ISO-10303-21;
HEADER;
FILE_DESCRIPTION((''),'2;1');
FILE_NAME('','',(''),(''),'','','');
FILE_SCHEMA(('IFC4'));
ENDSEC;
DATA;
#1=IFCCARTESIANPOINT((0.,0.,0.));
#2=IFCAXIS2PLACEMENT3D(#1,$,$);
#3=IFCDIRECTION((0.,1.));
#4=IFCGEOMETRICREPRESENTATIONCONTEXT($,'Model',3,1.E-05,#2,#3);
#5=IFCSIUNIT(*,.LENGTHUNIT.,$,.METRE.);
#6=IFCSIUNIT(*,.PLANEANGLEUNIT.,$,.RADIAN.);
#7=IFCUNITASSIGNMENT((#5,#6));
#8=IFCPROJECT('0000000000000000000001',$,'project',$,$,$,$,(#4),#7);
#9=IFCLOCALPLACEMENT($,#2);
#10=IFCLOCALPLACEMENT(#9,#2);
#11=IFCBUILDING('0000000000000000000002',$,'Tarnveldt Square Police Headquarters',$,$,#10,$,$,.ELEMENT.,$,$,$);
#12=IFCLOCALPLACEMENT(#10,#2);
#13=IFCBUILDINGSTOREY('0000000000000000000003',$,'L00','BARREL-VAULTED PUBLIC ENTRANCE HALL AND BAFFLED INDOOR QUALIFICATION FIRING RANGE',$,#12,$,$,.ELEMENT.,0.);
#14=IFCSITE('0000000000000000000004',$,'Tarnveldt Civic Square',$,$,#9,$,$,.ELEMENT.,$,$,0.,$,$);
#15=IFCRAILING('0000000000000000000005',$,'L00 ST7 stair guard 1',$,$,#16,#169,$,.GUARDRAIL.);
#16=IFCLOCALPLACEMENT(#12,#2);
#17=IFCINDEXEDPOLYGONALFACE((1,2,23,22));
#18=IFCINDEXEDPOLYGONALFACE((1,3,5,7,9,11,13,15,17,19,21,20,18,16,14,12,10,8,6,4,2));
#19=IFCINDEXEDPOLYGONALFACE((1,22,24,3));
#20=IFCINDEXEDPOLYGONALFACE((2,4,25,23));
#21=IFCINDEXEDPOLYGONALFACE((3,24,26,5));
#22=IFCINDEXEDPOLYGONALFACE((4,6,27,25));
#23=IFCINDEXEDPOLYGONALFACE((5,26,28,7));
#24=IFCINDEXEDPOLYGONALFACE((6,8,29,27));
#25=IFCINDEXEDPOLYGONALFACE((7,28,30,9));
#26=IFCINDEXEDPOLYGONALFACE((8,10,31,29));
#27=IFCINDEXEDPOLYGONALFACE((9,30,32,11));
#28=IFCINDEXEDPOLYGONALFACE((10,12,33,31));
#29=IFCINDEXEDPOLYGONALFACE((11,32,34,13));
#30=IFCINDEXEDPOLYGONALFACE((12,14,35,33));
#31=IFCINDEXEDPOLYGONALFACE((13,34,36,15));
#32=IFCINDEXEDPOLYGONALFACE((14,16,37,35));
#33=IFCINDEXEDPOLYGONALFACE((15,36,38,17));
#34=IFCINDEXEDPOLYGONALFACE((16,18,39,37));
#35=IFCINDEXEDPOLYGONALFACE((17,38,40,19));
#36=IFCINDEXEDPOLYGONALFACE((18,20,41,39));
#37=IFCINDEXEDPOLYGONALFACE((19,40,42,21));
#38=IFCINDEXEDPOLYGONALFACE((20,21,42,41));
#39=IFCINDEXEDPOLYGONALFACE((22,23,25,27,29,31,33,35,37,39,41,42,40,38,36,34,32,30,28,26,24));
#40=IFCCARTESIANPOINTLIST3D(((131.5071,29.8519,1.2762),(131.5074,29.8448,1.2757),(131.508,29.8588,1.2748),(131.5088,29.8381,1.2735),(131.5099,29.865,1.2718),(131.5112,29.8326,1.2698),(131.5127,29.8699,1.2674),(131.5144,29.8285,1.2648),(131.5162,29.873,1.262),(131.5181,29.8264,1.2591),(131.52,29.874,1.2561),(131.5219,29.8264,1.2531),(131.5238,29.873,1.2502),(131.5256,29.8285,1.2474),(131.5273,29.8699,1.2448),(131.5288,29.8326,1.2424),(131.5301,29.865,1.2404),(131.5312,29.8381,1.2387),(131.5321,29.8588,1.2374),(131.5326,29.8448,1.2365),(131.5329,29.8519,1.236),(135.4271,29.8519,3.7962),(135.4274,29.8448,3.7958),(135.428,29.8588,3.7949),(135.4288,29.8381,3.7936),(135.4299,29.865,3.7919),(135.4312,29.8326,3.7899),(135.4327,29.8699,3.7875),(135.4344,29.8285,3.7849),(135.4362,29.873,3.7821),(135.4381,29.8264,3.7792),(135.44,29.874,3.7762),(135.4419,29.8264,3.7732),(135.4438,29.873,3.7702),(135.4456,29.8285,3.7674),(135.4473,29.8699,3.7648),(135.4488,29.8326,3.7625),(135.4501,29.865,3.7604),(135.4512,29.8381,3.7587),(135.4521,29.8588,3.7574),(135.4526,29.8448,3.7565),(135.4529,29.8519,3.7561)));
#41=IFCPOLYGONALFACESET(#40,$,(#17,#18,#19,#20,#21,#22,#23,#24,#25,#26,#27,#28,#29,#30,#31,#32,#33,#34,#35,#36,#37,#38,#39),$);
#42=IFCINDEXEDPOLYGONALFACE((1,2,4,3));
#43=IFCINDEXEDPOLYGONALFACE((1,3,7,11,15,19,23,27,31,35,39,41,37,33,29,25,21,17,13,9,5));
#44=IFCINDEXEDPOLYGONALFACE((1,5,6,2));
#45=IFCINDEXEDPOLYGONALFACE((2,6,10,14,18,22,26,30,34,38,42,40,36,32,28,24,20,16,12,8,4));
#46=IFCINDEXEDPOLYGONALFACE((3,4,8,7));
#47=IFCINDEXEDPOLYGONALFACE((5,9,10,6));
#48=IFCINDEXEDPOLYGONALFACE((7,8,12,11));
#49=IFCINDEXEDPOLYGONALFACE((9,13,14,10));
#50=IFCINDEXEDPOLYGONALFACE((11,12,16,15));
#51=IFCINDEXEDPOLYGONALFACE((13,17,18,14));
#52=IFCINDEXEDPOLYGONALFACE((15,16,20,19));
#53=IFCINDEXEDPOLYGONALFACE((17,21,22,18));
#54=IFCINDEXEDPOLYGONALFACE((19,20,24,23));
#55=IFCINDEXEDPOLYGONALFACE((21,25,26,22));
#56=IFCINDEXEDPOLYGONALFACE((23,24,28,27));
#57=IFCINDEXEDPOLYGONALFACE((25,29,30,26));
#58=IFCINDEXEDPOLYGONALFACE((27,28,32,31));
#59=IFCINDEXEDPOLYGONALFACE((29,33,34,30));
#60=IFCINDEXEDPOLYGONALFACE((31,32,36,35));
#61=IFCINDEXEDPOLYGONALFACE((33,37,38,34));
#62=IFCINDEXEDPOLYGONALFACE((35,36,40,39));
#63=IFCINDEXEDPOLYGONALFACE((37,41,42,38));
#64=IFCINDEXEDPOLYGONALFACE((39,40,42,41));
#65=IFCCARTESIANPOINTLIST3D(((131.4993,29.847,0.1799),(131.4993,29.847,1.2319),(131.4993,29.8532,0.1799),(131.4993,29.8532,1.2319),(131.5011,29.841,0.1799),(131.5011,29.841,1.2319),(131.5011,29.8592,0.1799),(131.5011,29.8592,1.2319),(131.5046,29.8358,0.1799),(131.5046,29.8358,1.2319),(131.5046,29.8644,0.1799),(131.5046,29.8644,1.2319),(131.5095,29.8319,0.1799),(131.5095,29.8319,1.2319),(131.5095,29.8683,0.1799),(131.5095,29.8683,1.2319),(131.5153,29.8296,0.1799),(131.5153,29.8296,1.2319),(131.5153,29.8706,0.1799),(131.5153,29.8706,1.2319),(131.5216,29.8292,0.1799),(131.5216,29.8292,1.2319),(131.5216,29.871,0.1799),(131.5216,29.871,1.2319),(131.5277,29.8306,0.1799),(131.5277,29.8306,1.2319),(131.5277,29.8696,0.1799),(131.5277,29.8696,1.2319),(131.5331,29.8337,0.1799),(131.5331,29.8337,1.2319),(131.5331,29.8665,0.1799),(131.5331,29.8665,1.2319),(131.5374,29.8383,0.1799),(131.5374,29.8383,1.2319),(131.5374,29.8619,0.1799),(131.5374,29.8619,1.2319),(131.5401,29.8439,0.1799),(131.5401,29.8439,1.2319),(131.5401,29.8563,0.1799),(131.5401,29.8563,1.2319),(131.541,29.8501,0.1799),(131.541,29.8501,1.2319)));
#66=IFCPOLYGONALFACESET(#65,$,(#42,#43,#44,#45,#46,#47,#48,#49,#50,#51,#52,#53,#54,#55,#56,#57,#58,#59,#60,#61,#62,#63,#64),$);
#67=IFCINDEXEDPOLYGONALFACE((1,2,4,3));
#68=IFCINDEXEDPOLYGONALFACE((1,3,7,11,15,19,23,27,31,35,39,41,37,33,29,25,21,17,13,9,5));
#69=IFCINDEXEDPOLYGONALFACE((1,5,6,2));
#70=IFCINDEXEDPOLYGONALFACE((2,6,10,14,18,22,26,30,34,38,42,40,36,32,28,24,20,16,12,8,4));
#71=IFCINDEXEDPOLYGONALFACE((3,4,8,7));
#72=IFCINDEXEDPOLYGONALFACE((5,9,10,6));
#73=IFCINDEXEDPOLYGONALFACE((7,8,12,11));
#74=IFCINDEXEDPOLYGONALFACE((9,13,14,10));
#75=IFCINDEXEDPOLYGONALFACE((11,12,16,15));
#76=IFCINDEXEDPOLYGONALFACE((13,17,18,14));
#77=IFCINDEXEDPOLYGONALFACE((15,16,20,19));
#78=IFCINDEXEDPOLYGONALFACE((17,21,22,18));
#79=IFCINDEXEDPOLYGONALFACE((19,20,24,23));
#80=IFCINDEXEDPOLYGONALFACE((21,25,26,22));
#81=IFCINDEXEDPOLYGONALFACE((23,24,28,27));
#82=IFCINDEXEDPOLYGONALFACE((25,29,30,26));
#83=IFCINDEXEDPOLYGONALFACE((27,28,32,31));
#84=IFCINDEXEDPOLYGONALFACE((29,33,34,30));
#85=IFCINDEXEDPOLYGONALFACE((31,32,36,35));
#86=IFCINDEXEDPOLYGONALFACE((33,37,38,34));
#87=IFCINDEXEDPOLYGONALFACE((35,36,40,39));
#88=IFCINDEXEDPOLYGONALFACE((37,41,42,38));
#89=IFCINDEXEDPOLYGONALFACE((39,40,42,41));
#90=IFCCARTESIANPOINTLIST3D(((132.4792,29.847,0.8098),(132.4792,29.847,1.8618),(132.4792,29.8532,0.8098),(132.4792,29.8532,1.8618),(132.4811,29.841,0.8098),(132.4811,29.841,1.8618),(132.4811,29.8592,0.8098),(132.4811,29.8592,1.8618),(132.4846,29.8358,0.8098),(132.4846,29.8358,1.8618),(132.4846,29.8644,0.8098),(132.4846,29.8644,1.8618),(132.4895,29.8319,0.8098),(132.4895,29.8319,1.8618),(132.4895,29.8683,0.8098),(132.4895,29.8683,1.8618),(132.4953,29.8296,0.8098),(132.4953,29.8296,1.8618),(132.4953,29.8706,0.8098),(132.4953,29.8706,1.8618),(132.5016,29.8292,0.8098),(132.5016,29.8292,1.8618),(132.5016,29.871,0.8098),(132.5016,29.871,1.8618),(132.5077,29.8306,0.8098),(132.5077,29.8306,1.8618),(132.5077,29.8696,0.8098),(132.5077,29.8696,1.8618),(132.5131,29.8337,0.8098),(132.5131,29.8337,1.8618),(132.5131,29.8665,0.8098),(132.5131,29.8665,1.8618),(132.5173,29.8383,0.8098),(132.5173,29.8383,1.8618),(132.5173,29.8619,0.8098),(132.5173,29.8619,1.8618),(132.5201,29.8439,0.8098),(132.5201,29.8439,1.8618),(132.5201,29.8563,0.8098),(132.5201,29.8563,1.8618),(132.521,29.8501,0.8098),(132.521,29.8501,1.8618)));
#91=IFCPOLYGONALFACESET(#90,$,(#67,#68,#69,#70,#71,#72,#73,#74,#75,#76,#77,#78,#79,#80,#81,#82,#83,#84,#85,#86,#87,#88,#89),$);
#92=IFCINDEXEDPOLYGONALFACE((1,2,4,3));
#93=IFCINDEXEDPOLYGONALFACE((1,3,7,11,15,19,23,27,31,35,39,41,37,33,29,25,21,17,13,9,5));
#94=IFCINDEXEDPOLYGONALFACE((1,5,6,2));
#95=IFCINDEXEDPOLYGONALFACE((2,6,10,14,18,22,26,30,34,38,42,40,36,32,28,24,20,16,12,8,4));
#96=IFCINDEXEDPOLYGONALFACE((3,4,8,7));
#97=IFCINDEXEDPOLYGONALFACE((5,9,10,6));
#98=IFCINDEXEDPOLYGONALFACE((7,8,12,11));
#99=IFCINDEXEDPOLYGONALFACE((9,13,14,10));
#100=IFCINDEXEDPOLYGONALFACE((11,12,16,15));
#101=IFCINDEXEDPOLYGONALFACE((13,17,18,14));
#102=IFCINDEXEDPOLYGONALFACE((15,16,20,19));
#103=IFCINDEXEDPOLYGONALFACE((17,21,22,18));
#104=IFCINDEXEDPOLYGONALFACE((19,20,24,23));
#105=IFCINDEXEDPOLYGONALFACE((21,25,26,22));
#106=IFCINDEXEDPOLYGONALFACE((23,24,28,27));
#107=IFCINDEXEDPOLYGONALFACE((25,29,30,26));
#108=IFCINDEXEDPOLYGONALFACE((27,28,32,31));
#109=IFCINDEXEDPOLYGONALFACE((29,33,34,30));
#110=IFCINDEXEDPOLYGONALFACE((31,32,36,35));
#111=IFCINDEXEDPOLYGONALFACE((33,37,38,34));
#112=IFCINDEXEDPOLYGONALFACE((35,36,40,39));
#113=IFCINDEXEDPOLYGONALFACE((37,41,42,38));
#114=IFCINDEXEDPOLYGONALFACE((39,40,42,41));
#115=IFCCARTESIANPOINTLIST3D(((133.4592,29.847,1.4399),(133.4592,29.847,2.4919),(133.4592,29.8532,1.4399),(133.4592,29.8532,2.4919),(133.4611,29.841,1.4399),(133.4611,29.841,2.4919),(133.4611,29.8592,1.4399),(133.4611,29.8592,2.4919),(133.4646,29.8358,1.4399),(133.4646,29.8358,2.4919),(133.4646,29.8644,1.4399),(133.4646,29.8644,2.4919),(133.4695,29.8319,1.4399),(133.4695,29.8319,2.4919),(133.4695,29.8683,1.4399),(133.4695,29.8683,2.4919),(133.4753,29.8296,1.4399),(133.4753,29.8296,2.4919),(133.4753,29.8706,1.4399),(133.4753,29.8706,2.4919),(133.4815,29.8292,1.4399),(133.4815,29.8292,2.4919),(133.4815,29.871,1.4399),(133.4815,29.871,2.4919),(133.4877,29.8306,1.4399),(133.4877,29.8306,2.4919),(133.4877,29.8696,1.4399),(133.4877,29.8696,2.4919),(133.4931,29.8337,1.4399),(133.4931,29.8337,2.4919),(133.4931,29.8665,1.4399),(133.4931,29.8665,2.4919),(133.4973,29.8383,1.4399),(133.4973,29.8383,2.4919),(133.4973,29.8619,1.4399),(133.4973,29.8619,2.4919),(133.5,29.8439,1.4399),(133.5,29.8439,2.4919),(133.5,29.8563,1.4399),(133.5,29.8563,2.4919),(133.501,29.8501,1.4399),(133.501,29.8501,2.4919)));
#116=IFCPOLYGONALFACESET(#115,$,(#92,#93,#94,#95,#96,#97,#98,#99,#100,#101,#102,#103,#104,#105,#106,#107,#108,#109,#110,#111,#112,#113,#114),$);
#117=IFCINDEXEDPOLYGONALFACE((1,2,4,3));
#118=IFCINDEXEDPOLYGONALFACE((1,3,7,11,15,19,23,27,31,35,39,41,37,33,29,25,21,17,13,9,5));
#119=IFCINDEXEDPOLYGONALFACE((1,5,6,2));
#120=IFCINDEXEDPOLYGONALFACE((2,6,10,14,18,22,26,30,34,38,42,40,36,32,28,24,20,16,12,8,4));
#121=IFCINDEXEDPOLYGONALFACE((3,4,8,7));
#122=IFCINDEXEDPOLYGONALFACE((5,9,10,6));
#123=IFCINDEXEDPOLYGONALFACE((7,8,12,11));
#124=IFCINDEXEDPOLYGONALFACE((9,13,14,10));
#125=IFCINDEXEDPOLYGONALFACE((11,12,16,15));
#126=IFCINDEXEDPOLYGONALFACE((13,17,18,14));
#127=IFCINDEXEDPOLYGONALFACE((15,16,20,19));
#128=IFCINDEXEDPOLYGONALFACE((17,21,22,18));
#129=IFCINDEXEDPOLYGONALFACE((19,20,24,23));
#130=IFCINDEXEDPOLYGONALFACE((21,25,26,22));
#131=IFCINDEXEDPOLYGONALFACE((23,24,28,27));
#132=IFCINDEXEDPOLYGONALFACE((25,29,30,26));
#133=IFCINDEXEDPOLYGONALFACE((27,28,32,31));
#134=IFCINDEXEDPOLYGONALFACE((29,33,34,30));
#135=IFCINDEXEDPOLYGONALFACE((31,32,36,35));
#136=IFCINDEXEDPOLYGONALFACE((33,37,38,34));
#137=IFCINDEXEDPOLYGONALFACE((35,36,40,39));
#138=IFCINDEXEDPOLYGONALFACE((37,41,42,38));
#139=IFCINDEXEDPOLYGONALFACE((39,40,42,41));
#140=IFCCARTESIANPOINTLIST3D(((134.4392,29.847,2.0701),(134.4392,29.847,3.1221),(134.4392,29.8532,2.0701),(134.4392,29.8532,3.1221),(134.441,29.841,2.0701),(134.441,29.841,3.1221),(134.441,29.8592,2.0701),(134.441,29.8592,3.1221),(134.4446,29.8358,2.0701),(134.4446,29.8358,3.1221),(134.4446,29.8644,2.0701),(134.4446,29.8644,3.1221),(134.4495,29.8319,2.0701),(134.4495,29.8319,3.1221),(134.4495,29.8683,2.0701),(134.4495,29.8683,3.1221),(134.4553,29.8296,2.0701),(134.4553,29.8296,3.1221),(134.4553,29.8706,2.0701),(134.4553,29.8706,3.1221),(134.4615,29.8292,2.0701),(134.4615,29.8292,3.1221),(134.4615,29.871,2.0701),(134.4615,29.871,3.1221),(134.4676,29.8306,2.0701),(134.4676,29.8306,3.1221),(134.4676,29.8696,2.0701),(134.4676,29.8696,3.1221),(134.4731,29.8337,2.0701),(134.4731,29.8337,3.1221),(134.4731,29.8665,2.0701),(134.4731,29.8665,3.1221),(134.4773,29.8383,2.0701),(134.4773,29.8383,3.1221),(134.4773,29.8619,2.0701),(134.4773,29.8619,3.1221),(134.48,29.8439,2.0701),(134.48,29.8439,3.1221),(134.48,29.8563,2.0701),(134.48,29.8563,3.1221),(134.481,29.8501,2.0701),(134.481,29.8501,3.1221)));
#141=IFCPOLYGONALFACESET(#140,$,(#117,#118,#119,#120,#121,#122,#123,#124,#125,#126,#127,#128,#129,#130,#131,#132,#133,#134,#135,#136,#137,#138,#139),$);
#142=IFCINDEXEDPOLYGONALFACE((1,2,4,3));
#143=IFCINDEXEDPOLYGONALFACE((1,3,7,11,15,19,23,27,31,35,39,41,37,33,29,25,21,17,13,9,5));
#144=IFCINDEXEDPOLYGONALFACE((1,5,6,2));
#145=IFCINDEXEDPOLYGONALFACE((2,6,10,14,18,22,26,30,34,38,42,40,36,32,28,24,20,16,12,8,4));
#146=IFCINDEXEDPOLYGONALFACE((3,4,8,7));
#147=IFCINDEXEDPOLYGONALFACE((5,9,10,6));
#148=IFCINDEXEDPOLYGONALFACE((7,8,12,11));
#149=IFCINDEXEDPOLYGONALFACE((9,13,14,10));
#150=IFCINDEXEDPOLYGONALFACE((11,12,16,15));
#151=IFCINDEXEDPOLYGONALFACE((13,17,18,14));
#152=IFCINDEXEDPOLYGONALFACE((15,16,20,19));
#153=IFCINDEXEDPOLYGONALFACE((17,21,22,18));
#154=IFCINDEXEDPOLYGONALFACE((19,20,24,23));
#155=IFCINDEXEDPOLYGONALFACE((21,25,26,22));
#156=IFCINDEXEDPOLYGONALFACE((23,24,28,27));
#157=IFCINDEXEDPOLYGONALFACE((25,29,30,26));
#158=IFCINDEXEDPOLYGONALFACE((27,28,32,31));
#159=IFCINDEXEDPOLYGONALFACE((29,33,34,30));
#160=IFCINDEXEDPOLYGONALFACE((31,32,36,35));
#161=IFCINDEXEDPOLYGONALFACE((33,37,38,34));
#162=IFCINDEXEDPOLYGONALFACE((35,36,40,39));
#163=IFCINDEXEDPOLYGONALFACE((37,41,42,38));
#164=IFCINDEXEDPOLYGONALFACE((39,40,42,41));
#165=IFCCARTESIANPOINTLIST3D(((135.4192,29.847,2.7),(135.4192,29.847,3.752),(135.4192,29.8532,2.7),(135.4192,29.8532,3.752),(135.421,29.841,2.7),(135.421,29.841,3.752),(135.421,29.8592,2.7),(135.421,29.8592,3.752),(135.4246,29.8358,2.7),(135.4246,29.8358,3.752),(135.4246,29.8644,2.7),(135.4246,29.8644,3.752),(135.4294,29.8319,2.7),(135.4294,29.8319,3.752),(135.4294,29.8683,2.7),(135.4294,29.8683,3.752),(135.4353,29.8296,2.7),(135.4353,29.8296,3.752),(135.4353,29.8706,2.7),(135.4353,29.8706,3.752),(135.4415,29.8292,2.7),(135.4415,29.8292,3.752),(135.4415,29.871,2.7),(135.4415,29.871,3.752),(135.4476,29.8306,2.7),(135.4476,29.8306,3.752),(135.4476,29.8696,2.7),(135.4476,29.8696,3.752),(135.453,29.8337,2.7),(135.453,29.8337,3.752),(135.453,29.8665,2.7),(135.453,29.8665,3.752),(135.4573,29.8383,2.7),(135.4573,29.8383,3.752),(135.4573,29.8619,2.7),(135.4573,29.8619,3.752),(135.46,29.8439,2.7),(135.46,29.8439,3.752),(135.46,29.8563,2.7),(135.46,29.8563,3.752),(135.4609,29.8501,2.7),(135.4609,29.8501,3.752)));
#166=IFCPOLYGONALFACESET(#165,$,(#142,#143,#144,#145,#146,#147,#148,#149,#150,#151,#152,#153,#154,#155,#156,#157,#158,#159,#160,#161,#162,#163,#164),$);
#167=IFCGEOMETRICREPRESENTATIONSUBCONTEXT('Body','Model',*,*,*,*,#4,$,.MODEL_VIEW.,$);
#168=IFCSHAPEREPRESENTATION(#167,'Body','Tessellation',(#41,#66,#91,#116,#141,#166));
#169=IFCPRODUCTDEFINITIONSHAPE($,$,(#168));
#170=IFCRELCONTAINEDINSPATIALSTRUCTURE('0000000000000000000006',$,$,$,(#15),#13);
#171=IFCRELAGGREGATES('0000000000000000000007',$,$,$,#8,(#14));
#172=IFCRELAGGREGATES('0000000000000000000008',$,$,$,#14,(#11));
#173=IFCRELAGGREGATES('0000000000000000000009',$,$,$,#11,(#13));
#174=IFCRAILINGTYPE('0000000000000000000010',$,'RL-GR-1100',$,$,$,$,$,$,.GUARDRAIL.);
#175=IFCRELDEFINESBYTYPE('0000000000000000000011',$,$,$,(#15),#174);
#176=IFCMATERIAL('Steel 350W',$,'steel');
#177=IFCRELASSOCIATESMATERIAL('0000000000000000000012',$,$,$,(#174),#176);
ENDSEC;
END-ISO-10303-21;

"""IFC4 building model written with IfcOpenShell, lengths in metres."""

from ifc_helpers import new_model, si_unit, direction, frame, origin, origin_2d, place, context, subcontext, project, spatial, circle, extrude, material, type_object, element, save


model = new_model("IFC4")

# Units and contexts
model_context = context("Model", 3, precision=1e-05, world=origin(), true_north=direction((0.0, 1.0)))
body_context = subcontext(model_context, "Body", "Model", "MODEL_VIEW")
ifc_project = project(units=[si_unit("LENGTHUNIT", "METRE"), si_unit("PLANEANGLEUNIT", "RADIAN")], contexts=[model_context])

# Site, building, storey
site_placement = place(None, origin())
site = spatial("IfcSite", under=ifc_project, at=site_placement, Name="Tarnveldt Civic Square", CompositionType="ELEMENT", RefElevation=0.0)
building_placement = place(site_placement, origin())
building = spatial("IfcBuilding", under=site, at=building_placement, Name="Tarnveldt Square Police Headquarters", CompositionType="ELEMENT")
storey_placement = place(building_placement, origin())
storey = spatial("IfcBuildingStorey", under=building, at=storey_placement, Name="L00", Description="BARREL-VAULTED PUBLIC ENTRANCE HALL AND BAFFLED INDOOR QUALIFICATION FIRING RANGE", CompositionType="ELEMENT", Elevation=0.0)

# Shared definitions
ifc_material_1 = material(Name="Steel 350W", Category="steel")

# Railing
railing_type_1 = type_object("IfcRailingType", Name="RL-GR-1100", PredefinedType="GUARDRAIL", material=ifc_material_1)
railing_1_placement = place(storey_placement, frame((131.52, 29.8501, 0.1799)))
element("IfcRailing", 1, at=railing_1_placement, inside=storey, type_object=railing_type_1, Name="L00 ST7 stair guard 1", PredefinedType="GUARDRAIL", context=body_context, shape_type="SweptSolid", body=[
    extrude(circle(Radius=0.0239, at=origin_2d()), frame((0.0, 0.0, 1.0762), z_axis=(0.841172, 0.0, 0.540768), x_axis=(0.0, 1.0, 0.0)), (0.0, 0.0, 1.0), 4.6602),
    extrude(circle(Radius=0.021, at=origin_2d()), origin(), (0.0, 0.0, 1.0), 1.052),
    extrude(circle(Radius=0.021, at=origin_2d()), frame((0.98, 0.0, 0.6299)), (0.0, 0.0, 1.0), 1.052),
    extrude(circle(Radius=0.021, at=origin_2d()), frame((1.96, 0.0, 1.26)), (0.0, 0.0, 1.0), 1.052),
    extrude(circle(Radius=0.021, at=origin_2d()), frame((2.9399, 0.0, 1.8901)), (0.0, 0.0, 1.0), 1.052),
    extrude(circle(Radius=0.021, at=origin_2d()), frame((3.9199, 0.0, 2.52)), (0.0, 0.0, 1.0), 1.052),
])

save(model, "model.ifc")
